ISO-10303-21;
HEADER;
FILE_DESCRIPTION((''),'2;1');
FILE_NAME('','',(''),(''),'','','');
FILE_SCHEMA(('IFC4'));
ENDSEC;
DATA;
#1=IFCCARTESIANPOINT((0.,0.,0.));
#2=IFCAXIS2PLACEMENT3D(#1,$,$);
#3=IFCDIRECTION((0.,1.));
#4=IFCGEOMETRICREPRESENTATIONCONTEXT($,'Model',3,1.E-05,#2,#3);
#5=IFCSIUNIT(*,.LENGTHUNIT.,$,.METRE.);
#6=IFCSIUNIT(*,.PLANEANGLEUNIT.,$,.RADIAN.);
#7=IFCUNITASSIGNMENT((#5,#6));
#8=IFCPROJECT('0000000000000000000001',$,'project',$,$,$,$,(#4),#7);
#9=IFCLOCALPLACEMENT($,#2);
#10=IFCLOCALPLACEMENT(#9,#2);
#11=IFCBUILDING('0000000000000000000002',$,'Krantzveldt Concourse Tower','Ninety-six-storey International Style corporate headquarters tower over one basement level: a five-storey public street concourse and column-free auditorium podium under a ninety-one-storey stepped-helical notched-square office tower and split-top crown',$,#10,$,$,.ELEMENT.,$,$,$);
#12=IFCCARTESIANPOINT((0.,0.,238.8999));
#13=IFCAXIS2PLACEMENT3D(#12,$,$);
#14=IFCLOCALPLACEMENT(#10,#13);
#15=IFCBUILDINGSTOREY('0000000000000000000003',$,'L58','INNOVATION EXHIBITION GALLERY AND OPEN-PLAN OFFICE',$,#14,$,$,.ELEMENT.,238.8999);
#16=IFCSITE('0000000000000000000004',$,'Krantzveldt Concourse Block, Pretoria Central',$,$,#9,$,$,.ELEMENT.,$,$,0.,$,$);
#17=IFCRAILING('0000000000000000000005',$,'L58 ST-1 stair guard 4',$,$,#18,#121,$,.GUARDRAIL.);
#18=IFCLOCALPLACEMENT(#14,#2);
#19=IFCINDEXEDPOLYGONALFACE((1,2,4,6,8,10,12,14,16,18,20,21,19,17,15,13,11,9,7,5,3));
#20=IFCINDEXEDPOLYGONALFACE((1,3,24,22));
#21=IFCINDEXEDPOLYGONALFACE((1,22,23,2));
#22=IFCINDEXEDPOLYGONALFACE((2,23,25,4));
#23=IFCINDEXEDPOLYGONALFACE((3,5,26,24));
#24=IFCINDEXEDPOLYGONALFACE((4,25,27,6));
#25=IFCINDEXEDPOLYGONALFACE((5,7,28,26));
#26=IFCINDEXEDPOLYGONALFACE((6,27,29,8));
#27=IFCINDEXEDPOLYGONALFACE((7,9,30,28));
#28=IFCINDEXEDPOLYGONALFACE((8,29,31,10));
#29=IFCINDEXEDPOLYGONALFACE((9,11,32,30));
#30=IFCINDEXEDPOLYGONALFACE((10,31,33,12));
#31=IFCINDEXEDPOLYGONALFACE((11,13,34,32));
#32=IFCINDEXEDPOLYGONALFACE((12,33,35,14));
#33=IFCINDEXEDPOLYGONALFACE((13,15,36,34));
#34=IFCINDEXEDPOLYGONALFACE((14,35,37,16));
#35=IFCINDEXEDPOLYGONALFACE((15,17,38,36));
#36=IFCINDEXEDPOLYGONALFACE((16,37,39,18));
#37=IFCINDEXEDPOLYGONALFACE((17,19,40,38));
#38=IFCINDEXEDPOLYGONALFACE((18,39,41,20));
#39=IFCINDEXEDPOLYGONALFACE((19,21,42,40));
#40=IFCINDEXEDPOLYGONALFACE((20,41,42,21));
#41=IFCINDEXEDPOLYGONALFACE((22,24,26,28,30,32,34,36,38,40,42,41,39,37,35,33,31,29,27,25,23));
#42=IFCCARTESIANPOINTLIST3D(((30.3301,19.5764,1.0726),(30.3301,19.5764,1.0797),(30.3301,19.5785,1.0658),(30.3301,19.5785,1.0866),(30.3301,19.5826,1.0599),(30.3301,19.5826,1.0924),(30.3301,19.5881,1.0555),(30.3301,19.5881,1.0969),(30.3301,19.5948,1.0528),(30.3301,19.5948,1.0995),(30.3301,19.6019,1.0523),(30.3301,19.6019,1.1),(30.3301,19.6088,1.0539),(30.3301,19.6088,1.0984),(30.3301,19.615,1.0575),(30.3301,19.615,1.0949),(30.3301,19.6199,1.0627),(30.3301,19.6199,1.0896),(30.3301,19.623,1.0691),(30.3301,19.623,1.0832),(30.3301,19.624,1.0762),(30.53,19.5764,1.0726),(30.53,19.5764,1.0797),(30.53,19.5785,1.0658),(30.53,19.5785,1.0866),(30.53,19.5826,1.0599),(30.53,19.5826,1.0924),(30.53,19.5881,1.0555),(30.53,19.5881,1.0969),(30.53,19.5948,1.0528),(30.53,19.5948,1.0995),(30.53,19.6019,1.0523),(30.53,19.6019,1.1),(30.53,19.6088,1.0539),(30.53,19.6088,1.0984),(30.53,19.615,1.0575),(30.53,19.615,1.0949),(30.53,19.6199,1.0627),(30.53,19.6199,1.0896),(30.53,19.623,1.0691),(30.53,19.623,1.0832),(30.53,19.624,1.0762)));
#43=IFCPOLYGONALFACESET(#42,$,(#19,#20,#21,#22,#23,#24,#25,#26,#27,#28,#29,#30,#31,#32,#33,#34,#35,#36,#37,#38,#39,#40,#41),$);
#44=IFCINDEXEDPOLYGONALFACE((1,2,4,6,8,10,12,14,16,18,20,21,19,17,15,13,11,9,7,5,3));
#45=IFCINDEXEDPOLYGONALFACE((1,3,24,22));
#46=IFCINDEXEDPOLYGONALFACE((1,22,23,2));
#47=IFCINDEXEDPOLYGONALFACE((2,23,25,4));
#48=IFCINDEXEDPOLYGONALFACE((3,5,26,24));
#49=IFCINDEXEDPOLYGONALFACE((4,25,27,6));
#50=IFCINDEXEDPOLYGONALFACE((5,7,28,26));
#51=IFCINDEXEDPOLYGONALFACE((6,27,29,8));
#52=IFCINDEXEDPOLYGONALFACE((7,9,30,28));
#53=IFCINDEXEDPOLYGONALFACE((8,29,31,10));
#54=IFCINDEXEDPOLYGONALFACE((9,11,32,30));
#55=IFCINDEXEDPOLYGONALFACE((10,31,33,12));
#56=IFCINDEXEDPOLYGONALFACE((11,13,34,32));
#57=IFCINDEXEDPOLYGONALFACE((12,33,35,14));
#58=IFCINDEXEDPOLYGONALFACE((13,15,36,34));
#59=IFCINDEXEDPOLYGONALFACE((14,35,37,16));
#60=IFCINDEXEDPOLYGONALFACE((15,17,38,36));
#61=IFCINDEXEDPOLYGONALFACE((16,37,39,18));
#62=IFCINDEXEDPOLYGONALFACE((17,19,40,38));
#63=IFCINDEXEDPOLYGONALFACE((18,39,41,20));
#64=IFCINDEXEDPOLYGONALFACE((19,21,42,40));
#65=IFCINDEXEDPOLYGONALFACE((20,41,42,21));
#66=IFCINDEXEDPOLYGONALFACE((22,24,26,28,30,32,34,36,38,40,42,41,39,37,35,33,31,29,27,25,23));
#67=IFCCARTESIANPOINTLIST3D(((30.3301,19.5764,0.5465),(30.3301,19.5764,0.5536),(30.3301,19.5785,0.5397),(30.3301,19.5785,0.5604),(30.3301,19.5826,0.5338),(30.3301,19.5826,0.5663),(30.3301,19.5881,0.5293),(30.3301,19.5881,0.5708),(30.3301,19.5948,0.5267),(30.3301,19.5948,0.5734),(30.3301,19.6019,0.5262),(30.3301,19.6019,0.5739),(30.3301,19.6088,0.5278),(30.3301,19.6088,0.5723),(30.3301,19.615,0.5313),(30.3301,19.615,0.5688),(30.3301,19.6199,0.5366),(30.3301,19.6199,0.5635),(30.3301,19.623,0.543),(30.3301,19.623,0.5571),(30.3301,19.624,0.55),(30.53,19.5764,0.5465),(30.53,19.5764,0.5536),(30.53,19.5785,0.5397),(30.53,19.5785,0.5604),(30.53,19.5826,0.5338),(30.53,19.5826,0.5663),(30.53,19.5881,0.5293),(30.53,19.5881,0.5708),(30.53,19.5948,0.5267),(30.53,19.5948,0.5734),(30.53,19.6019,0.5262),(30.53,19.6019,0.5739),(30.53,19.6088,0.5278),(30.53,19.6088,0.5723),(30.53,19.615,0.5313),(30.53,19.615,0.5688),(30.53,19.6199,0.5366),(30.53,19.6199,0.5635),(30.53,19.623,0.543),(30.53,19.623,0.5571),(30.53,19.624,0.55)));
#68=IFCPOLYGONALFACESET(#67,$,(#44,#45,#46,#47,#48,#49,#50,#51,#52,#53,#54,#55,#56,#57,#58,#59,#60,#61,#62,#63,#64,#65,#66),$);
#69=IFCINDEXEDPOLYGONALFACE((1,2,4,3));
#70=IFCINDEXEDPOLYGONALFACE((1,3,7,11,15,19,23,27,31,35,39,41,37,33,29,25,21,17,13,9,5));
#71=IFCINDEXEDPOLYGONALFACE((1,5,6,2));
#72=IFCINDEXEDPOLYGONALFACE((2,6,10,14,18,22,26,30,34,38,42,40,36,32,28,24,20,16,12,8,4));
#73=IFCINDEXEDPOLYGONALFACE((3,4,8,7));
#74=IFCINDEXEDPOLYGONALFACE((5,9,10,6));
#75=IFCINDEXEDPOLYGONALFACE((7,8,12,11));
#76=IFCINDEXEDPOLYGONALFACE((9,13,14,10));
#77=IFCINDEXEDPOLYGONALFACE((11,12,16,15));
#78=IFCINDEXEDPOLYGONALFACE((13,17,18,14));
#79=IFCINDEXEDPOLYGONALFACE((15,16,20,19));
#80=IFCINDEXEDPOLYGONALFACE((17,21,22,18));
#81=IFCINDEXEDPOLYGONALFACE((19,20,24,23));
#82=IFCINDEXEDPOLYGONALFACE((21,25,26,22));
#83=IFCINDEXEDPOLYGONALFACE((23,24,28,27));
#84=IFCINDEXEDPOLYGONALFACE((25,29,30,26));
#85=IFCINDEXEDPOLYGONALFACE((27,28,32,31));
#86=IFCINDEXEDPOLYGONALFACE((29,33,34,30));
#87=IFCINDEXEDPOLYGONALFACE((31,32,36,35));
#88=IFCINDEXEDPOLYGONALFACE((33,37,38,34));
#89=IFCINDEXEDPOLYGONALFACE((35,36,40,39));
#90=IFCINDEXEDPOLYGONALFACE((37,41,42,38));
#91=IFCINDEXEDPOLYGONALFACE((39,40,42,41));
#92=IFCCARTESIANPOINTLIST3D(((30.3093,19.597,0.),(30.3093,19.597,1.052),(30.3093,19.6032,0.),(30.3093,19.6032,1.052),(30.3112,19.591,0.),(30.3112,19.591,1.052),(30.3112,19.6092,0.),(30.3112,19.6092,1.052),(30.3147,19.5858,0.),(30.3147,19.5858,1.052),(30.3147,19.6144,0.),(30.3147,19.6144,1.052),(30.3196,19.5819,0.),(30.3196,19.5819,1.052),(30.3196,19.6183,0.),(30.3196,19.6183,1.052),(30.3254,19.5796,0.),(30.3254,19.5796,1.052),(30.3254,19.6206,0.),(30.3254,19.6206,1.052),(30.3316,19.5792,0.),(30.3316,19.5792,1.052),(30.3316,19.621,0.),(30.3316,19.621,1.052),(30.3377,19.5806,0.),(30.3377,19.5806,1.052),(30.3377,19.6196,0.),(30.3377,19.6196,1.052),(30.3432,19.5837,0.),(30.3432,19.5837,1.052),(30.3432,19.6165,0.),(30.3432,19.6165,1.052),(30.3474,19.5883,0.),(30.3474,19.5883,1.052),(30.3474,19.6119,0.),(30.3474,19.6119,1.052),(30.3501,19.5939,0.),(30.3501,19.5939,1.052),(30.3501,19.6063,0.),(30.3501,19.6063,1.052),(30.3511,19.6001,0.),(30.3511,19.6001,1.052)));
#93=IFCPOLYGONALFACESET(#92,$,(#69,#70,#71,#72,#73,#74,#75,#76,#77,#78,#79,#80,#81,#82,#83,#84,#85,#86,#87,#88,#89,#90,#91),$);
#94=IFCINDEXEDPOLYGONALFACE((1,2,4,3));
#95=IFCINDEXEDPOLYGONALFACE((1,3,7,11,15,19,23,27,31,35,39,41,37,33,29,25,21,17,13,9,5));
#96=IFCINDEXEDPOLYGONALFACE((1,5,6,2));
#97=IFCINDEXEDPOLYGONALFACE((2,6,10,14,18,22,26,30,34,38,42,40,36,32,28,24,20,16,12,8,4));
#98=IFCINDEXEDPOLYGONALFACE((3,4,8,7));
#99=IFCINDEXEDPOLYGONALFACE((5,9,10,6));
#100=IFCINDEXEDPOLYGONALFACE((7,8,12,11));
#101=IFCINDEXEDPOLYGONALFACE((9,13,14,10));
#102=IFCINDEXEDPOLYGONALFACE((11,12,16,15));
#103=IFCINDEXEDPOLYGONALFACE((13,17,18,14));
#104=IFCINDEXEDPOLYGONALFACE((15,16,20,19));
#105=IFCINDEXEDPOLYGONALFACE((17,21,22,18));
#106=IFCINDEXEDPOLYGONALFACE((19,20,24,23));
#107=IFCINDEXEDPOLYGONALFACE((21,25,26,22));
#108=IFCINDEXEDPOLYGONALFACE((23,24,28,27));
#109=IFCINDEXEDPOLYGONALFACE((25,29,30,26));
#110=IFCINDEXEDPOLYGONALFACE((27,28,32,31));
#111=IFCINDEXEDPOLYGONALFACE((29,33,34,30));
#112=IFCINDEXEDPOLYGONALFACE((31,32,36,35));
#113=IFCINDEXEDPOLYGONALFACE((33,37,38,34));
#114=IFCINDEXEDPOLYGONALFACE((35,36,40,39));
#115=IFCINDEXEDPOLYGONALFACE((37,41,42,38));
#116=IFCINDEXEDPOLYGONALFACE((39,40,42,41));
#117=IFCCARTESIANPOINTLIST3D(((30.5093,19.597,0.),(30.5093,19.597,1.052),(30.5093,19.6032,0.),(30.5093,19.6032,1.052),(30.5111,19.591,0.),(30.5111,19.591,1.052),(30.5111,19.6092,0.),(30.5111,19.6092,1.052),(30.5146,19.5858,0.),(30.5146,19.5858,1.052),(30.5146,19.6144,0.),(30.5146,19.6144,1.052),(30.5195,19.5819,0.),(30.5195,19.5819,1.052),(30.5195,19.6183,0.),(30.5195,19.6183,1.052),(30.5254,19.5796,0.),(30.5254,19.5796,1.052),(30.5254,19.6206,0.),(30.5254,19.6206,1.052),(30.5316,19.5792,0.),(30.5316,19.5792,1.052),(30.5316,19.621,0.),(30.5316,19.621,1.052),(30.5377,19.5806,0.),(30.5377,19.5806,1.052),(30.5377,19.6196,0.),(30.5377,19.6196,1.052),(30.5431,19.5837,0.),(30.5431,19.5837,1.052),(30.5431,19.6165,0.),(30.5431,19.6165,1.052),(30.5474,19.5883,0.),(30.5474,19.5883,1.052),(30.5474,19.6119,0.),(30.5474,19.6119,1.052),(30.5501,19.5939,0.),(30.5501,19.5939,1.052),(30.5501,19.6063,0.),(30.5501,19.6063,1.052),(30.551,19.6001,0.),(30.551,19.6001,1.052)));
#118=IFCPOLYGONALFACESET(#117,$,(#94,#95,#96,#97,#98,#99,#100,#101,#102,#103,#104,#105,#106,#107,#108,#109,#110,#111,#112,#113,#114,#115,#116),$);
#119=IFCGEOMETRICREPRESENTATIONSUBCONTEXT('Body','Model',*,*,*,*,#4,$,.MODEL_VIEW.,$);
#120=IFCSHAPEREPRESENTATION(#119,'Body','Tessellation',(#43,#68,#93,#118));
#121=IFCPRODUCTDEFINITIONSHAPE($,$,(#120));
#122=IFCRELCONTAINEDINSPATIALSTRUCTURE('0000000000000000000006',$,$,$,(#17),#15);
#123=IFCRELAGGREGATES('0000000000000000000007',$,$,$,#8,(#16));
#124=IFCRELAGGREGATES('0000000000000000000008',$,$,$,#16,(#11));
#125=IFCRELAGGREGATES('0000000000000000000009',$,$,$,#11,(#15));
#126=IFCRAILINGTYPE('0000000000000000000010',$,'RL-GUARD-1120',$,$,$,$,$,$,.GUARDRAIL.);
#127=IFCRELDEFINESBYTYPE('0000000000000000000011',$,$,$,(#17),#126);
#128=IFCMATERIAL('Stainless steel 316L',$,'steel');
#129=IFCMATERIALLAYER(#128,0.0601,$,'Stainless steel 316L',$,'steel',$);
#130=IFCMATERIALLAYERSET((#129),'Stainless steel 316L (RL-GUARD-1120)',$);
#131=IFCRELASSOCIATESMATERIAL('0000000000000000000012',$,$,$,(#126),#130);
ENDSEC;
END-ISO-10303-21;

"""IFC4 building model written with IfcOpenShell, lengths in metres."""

from ifc_helpers import new_model, si_unit, direction, frame, origin, origin_2d, place, context, subcontext, project, spatial, circle, extrude, material, layer, layer_set, type_object, element, save


model = new_model("IFC4")

# Units and contexts
model_context = context("Model", 3, precision=1e-05, world=origin(), true_north=direction((0.0, 1.0)))
body_context = subcontext(model_context, "Body", "Model", "MODEL_VIEW")
ifc_project = project(units=[si_unit("LENGTHUNIT", "METRE"), si_unit("PLANEANGLEUNIT", "RADIAN")], contexts=[model_context])

# Site, building, storey
site_placement = place(None, origin())
site = spatial("IfcSite", under=ifc_project, at=site_placement, Name="Krantzveldt Concourse Block, Pretoria Central", CompositionType="ELEMENT", RefElevation=0.0)
building_placement = place(site_placement, origin())
building = spatial("IfcBuilding", under=site, at=building_placement, Name="Krantzveldt Concourse Tower", Description="Ninety-six-storey International Style corporate headquarters tower over one basement level: a five-storey public street concourse and column-free auditorium podium under a ninety-one-storey stepped-helical notched-square office tower and split-top crown", CompositionType="ELEMENT")
storey_placement = place(building_placement, frame((0.0, 0.0, 238.8999)))
storey = spatial("IfcBuildingStorey", under=building, at=storey_placement, Name="L58", Description="INNOVATION EXHIBITION GALLERY AND OPEN-PLAN OFFICE", CompositionType="ELEMENT", Elevation=238.8999)

# Shared definitions
ifc_material_1 = material(Name="Stainless steel 316L", Category="steel")

# Railing
ifc_layer_1 = layer(ifc_material_1, 0.0601, Name="Stainless steel 316L", Category="steel")
ifc_layer_set_1 = layer_set([ifc_layer_1], Name="Stainless steel 316L (RL-GUARD-1120)")
railing_type_1 = type_object("IfcRailingType", Name="RL-GUARD-1120", PredefinedType="GUARDRAIL", material=ifc_layer_set_1)
railing_1_placement = place(storey_placement, frame((30.3301, 19.6001, 0.0)))
element("IfcRailing", 1, at=railing_1_placement, inside=storey, type_object=railing_type_1, Name="L58 ST-1 stair guard 4", PredefinedType="GUARDRAIL", context=body_context, shape_type="SweptSolid", body=[
    extrude(circle(Radius=0.0239, at=origin_2d()), frame((0.0, 0.0, 1.0762), z_axis=(1.0, 0.0, 0.0), x_axis=(0.0, 1.0, 0.0)), (0.0, 0.0, 1.0), 0.2),
    extrude(circle(Radius=0.0239, at=origin_2d()), frame((0.0, 0.0, 0.55), z_axis=(1.0, 0.0, 0.0), x_axis=(0.0, 1.0, 0.0)), (0.0, 0.0, 1.0), 0.2),
    extrude(circle(Radius=0.021, at=origin_2d()), origin(), (0.0, 0.0, 1.0), 1.052),
    extrude(circle(Radius=0.021, at=origin_2d()), frame((0.2, 0.0, 0.0)), (0.0, 0.0, 1.0), 1.052),
])

save(model, "model.ifc")
